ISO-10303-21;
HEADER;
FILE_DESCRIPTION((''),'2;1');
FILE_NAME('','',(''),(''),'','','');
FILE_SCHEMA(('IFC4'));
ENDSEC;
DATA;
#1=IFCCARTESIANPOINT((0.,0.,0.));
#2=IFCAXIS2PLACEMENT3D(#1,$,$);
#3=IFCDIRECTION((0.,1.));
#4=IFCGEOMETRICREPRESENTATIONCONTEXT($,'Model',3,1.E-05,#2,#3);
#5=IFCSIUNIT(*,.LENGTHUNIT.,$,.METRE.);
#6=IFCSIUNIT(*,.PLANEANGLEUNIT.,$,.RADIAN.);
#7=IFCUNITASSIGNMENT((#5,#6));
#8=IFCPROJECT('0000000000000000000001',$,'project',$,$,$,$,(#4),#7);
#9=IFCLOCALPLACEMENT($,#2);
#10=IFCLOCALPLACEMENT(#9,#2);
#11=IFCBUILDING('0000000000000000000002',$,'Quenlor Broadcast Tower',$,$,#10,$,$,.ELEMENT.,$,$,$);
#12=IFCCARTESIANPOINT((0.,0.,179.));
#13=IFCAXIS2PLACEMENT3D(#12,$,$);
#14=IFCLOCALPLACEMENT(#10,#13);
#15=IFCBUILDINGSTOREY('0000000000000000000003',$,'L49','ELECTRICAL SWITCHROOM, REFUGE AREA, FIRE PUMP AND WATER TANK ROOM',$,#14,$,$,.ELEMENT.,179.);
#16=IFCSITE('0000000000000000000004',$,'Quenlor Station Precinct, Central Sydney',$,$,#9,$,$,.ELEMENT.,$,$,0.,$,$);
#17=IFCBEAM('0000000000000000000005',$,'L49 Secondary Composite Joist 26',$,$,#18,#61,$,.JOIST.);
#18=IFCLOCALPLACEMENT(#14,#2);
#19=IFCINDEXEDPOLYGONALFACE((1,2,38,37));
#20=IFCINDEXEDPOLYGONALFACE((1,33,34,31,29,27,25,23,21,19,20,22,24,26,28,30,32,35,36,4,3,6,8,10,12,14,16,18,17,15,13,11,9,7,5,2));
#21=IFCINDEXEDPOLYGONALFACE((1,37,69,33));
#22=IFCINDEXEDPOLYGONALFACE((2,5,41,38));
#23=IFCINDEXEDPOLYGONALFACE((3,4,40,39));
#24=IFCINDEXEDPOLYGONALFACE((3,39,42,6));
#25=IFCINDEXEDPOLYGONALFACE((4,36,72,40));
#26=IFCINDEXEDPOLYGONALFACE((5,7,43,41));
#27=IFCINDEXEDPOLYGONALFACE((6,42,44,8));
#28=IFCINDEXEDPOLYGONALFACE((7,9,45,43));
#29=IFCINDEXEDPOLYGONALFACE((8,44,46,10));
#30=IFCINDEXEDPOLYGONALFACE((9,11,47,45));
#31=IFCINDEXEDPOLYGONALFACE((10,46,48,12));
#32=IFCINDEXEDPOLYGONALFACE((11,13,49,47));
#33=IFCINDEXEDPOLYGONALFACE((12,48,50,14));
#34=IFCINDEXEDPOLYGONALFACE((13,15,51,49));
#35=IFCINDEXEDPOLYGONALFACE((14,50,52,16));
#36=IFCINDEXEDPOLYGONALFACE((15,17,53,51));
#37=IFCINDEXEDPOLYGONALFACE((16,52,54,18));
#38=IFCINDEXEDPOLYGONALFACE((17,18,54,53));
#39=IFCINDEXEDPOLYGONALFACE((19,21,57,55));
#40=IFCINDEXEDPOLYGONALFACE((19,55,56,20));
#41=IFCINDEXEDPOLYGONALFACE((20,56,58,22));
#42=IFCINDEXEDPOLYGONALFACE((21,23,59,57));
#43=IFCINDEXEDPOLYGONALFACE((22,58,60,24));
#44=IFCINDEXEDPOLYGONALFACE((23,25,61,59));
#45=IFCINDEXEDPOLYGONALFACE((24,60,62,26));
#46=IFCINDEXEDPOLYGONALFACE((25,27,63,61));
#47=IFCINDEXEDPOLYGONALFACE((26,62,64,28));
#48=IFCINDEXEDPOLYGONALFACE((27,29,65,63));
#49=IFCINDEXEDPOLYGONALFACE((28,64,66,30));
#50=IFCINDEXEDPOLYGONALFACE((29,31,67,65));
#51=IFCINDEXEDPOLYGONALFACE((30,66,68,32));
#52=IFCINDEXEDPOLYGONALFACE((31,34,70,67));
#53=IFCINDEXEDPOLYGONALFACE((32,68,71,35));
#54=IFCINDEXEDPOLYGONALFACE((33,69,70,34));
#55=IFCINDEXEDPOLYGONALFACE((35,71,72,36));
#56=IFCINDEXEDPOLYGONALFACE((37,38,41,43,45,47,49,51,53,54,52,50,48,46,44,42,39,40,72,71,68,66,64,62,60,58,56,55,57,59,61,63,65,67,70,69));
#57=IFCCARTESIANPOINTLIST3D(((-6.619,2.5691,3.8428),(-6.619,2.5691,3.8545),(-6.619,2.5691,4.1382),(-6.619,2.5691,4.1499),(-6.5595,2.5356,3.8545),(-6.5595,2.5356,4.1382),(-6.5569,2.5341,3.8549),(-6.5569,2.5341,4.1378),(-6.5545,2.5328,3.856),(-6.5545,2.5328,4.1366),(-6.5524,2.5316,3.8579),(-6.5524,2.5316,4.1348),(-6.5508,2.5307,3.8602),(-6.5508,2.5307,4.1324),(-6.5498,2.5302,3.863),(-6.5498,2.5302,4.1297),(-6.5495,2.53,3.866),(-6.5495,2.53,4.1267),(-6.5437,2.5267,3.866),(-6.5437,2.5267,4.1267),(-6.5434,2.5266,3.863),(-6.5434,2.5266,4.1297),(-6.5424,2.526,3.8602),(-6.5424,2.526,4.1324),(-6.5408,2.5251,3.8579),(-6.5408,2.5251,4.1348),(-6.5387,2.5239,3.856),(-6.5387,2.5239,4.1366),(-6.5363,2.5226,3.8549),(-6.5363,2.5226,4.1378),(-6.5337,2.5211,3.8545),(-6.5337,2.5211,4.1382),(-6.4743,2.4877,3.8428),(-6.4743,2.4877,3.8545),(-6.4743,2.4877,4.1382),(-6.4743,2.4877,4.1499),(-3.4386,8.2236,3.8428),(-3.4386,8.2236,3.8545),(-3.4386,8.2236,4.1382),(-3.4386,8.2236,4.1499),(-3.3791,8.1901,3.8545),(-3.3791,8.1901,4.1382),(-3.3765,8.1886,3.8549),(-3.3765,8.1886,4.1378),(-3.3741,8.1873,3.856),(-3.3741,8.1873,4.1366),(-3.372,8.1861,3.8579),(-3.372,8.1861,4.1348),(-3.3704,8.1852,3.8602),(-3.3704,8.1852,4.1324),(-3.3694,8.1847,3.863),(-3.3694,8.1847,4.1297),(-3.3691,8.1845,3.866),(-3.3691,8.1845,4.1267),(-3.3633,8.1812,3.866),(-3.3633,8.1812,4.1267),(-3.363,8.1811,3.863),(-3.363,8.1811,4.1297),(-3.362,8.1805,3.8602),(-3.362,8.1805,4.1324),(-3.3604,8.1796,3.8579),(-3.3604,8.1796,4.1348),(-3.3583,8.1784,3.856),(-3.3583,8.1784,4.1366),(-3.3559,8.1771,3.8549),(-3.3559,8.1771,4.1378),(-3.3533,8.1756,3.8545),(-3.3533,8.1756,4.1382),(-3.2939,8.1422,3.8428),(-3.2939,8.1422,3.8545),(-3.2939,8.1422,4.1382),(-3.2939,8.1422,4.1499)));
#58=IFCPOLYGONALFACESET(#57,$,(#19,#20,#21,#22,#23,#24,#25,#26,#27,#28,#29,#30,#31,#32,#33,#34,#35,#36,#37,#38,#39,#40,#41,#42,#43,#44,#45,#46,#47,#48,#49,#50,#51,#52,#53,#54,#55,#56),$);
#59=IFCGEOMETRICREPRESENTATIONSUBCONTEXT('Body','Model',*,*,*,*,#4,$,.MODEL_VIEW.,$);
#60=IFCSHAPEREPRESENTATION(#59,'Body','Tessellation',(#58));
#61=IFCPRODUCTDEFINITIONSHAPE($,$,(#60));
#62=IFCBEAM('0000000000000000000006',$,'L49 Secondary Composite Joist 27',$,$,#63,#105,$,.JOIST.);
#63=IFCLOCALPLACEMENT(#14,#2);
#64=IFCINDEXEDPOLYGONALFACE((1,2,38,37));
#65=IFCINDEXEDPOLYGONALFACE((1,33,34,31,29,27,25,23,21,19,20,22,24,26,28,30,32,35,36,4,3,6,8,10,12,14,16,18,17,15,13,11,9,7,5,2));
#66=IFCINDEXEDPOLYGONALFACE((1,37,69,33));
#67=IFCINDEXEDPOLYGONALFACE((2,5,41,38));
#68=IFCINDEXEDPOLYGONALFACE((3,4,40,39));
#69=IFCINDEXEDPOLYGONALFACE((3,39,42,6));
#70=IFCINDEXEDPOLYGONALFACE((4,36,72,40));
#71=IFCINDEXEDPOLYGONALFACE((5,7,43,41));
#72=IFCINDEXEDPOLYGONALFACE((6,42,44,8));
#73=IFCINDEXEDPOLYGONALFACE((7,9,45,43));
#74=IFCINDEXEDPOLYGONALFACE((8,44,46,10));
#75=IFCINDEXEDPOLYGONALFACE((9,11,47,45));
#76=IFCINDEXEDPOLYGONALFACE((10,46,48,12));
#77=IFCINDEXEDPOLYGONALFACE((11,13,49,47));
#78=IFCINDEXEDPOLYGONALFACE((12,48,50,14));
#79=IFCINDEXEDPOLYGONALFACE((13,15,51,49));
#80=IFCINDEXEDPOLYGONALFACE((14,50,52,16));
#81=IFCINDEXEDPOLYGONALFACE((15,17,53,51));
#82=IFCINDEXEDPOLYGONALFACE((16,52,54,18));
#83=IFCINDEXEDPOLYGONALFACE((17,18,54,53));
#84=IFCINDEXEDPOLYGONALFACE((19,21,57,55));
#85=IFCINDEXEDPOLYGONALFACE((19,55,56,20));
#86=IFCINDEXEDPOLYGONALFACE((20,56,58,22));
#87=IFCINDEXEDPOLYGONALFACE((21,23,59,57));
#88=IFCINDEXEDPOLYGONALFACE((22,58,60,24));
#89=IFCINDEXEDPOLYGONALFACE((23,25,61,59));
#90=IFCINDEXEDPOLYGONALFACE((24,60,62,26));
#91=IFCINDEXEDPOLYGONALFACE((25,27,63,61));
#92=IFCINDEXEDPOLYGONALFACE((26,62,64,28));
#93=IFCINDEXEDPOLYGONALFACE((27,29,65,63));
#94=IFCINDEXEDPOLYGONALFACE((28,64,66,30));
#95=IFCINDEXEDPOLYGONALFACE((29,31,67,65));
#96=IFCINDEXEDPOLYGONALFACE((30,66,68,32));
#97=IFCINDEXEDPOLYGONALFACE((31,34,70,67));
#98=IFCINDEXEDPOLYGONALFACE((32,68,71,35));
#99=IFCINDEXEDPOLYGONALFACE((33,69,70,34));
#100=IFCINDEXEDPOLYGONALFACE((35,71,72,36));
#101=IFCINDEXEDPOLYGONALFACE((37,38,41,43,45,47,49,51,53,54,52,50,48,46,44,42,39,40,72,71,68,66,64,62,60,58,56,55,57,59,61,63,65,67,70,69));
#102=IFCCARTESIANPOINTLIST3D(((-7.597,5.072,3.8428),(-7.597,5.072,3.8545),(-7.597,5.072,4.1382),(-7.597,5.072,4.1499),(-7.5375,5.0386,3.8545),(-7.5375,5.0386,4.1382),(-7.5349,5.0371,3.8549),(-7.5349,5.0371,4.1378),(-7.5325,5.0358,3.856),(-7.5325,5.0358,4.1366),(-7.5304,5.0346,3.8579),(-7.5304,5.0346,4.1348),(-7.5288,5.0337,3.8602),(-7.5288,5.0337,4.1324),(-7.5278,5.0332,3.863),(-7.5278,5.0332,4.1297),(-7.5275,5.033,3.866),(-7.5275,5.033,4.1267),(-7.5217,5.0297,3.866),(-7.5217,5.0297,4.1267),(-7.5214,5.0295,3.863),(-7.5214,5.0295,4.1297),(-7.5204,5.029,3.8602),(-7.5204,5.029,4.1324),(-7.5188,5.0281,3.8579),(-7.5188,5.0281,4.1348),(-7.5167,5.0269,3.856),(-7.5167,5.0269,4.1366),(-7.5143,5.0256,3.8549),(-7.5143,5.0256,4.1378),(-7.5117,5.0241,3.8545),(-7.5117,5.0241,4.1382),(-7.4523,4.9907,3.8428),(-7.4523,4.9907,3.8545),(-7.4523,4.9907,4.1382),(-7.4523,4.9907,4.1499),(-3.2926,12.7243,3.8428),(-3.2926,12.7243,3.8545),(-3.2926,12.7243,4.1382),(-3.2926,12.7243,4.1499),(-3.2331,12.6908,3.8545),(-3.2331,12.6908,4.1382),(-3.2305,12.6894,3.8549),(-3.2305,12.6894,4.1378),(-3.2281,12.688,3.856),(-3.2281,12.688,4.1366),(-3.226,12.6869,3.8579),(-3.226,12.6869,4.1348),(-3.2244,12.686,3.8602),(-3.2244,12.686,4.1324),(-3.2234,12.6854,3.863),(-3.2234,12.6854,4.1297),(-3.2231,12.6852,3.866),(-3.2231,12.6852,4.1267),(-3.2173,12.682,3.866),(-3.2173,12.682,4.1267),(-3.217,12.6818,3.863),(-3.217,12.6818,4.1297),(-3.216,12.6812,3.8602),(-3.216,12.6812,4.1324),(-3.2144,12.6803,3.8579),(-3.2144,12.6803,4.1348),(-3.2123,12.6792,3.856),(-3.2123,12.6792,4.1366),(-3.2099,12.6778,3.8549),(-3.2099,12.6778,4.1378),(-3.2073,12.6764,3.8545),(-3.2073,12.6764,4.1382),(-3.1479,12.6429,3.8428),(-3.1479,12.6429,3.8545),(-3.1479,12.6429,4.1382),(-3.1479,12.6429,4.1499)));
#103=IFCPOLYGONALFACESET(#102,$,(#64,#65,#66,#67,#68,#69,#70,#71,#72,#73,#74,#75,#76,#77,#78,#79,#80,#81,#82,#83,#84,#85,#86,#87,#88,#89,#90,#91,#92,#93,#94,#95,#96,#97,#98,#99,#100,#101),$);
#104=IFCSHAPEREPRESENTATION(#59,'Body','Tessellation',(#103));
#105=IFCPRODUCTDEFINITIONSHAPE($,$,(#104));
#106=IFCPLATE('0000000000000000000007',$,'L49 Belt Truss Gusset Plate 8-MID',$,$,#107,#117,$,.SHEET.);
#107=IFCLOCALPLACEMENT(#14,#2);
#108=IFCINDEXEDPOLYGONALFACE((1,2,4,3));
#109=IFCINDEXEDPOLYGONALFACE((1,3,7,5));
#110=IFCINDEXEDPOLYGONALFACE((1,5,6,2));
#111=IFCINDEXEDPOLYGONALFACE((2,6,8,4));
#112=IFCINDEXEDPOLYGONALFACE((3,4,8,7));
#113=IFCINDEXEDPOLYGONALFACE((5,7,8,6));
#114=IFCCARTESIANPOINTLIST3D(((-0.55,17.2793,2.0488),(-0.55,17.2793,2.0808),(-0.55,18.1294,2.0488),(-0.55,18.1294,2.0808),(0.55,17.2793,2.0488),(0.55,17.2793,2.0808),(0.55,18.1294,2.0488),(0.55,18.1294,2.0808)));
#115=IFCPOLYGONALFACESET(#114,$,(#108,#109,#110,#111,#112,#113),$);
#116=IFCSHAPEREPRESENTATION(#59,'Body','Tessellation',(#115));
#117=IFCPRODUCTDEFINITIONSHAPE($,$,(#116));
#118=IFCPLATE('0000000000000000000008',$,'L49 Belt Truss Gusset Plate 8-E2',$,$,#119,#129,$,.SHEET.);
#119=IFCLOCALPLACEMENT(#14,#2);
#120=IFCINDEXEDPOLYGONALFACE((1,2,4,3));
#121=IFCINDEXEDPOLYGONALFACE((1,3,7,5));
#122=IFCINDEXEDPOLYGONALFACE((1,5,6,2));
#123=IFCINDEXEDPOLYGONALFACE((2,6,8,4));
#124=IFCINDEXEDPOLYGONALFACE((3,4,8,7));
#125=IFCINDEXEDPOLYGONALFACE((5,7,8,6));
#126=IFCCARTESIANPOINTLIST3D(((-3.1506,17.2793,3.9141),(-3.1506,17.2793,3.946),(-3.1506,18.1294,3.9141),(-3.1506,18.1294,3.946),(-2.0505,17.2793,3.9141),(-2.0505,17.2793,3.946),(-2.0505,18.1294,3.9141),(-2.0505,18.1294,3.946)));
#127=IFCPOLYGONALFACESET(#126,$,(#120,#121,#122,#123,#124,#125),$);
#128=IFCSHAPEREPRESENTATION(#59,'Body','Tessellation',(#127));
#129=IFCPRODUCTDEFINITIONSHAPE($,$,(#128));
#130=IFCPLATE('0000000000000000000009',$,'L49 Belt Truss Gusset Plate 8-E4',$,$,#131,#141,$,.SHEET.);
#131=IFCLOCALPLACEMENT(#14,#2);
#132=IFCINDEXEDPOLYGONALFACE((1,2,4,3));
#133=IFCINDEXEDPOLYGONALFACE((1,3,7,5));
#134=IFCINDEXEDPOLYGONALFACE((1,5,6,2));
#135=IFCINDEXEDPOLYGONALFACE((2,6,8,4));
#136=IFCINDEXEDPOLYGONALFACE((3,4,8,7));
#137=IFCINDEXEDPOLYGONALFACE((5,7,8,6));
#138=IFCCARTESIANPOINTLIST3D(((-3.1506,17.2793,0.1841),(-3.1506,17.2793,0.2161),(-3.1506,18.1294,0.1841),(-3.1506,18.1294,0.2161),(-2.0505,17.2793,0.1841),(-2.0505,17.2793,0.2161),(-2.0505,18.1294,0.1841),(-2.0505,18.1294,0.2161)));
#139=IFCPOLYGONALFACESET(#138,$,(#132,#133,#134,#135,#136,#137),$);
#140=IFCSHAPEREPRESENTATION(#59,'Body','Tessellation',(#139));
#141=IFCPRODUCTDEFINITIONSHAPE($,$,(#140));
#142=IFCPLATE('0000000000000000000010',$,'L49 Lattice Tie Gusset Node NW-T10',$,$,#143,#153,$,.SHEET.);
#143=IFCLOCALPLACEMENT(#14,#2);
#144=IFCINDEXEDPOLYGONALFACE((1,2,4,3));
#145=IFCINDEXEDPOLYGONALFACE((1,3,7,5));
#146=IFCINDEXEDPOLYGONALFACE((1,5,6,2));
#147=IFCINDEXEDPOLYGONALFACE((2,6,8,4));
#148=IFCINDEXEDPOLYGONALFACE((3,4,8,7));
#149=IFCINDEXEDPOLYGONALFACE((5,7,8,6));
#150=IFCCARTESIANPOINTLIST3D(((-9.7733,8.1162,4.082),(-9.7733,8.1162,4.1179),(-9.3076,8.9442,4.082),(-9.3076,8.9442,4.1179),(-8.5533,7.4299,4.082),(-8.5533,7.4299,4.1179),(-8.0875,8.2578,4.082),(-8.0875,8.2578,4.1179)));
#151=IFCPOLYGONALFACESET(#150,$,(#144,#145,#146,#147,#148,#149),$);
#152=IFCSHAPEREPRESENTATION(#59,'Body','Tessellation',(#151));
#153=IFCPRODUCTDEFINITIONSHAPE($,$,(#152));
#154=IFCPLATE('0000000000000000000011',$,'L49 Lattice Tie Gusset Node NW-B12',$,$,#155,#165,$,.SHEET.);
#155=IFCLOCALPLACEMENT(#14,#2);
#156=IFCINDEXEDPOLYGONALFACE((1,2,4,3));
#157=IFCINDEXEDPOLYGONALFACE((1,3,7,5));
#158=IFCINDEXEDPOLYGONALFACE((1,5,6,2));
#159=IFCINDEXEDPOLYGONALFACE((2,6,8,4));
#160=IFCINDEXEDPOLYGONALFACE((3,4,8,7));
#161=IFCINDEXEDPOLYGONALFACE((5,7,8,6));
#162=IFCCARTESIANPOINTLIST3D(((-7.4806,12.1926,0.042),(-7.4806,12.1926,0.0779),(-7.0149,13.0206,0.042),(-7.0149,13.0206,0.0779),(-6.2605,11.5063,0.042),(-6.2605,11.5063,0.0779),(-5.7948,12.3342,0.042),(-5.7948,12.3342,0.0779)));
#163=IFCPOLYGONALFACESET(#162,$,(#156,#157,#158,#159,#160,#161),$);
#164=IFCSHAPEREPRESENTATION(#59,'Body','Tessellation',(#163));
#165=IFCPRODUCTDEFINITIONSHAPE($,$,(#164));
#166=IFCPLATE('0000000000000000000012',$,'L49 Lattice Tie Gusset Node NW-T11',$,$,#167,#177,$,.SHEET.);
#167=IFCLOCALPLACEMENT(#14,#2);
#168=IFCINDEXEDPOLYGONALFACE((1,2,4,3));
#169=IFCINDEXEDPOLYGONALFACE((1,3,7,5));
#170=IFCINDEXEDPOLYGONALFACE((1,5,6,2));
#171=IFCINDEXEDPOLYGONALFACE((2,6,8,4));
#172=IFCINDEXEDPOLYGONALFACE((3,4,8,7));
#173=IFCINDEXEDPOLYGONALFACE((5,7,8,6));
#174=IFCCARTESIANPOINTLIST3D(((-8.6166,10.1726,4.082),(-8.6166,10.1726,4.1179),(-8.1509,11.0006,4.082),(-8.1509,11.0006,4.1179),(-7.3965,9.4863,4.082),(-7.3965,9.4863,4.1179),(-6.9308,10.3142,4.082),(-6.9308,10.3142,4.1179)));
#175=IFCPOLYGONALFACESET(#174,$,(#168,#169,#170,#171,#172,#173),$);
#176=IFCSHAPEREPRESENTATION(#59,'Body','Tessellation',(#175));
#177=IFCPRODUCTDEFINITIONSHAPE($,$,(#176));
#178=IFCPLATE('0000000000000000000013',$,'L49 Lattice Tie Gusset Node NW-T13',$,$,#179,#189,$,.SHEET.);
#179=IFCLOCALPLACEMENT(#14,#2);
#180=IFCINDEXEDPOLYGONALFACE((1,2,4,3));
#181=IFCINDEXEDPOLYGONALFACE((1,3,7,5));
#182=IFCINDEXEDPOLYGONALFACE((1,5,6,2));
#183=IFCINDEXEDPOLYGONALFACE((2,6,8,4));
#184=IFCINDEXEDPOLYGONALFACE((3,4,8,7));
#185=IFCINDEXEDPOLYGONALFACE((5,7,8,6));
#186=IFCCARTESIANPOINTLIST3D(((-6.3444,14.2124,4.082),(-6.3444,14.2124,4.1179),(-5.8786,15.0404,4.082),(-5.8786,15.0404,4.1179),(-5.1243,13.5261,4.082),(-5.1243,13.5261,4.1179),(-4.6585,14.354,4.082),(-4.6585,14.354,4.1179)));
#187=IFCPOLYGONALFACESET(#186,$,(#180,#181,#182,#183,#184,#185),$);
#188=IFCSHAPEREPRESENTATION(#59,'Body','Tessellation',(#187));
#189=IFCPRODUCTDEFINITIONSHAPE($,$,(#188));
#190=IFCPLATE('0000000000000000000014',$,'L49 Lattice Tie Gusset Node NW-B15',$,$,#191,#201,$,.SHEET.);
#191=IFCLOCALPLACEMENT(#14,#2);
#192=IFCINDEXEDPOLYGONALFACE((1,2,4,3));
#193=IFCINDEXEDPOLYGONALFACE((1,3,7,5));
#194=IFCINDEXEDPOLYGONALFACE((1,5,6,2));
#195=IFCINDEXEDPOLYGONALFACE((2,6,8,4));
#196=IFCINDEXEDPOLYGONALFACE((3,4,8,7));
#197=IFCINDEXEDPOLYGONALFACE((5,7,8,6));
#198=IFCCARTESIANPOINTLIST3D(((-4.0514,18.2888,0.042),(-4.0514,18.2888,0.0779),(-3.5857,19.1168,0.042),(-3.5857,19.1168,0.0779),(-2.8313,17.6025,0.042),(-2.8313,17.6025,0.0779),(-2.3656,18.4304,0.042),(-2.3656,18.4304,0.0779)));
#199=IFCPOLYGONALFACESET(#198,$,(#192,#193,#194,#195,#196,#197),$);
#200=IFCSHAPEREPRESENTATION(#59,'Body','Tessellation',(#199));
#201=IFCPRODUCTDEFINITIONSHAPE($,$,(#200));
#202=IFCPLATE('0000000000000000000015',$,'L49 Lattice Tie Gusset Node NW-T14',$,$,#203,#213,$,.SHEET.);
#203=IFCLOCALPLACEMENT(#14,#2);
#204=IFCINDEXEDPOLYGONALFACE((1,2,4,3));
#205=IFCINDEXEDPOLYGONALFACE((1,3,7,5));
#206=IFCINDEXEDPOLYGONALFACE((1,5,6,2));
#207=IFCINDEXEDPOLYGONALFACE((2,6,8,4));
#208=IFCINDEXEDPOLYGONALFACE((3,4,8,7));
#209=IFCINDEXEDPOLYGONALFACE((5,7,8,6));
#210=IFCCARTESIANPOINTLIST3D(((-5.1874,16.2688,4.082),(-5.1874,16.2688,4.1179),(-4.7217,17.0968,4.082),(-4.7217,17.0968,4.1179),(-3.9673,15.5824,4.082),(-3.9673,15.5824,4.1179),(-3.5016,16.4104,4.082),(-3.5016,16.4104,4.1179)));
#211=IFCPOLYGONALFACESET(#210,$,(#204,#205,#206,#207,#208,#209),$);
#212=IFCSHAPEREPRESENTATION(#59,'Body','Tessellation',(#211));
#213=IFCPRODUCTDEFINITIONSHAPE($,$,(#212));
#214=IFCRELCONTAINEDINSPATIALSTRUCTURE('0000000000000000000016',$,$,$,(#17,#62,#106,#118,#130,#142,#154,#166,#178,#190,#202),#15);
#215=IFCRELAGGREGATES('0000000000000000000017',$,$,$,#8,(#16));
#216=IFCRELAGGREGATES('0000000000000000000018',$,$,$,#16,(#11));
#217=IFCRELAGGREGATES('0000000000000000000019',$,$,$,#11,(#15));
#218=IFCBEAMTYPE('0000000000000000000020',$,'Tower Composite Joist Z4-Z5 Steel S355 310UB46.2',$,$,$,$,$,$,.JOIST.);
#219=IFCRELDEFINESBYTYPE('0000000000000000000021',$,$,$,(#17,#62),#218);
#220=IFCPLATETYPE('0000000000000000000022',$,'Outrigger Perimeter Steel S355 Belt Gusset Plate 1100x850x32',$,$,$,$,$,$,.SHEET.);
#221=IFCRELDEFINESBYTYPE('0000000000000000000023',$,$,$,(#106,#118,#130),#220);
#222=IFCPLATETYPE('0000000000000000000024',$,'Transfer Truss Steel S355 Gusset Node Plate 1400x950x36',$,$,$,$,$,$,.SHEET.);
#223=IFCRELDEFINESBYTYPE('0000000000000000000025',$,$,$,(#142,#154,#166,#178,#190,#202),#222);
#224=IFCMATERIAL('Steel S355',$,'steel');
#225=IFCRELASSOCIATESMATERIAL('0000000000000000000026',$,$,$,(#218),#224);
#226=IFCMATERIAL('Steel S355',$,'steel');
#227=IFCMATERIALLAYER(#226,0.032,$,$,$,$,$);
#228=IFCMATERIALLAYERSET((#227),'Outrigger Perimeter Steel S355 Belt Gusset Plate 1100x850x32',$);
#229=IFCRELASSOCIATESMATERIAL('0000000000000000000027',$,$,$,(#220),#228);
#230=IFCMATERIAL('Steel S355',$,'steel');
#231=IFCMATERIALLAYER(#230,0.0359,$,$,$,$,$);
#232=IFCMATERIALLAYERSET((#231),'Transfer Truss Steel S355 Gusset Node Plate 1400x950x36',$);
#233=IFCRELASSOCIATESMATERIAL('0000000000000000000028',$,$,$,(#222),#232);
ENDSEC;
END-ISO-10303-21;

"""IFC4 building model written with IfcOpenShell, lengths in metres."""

from ifc_helpers import new_model, si_unit, direction, frame, origin, origin_2d, place, context, subcontext, project, spatial, rectangle, i_section, extrude, material, layer, layer_set, material_profile, profile_set, type_object, element, save


model = new_model("IFC4")

# Units and contexts
model_context = context("Model", 3, precision=1e-05, world=origin(), true_north=direction((0.0, 1.0)))
body_context = subcontext(model_context, "Body", "Model", "MODEL_VIEW")
ifc_project = project(units=[si_unit("LENGTHUNIT", "METRE"), si_unit("PLANEANGLEUNIT", "RADIAN")], contexts=[model_context])

# Site, building, storey
site_placement = place(None, origin())
site = spatial("IfcSite", under=ifc_project, at=site_placement, Name="Quenlor Station Precinct, Central Sydney", CompositionType="ELEMENT", RefElevation=0.0)
building_placement = place(site_placement, origin())
building = spatial("IfcBuilding", under=site, at=building_placement, Name="Quenlor Broadcast Tower", CompositionType="ELEMENT")
storey_placement = place(building_placement, frame((0.0, 0.0, 179.0)))
storey = spatial("IfcBuildingStorey", under=building, at=storey_placement, Name="L49", Description="ELECTRICAL SWITCHROOM, REFUGE AREA, FIRE PUMP AND WATER TANK ROOM", CompositionType="ELEMENT", Elevation=179.0)

# Beams
ifc_material_1 = material(Name="Steel S355", Category="steel")
ifc_material_profile_1 = material_profile(ifc_material_1, i_section(OverallWidth=0.166, OverallDepth=0.3071, WebThickness=0.0066, FlangeThickness=0.0117, FilletRadius=0.0115, at=origin_2d()))
ifc_profile_set_1 = profile_set([ifc_material_profile_1], Name="Steel S355 310UB46.2")
beam_type_1 = type_object("IfcBeamType", Name="Tower Composite Joist Z4-Z5 Steel S355 310UB46.2", PredefinedType="JOIST", material=ifc_profile_set_1)
beam_1_placement = place(storey_placement, frame((-3.3662, 8.1829, 3.9963), z_axis=(-0.490231, -0.871593, 0.0), x_axis=(0.871593, -0.490231, 0.0)))
element("IfcBeam", 1, at=beam_1_placement, inside=storey, type_object=beam_type_1, Name="L49 Secondary Composite Joist 26", PredefinedType="JOIST", context=body_context, shape_type="SweptSolid", body=[
    extrude(i_section(OverallWidth=0.166, OverallDepth=0.3071, WebThickness=0.0066, FlangeThickness=0.0117, FilletRadius=0.0115, at=origin_2d()), origin(), (0.0, 0.0, 1.0), 6.4875),
])
beam_2_placement = place(storey_placement, frame((-3.2202, 12.6836, 3.9963), z_axis=(-0.490261, -0.871576, 0.0), x_axis=(0.871576, -0.490261, 0.0)))
element("IfcBeam", 2, at=beam_2_placement, inside=storey, type_object=beam_type_1, Name="L49 Secondary Composite Joist 27", PredefinedType="JOIST", context=body_context, shape_type="SweptSolid", body=[
    extrude(i_section(OverallWidth=0.166, OverallDepth=0.3071, WebThickness=0.0066, FlangeThickness=0.0117, FilletRadius=0.0115, at=origin_2d()), origin(), (0.0, 0.0, 1.0), 8.7798),
])

# Plates
ifc_material_2 = material(Name="Steel S355", Category="steel")
ifc_layer_1 = layer(ifc_material_2, 0.032)
ifc_layer_set_1 = layer_set([ifc_layer_1], Name="Outrigger Perimeter Steel S355 Belt Gusset Plate 1100x850x32")
plate_type_1 = type_object("IfcPlateType", Name="Outrigger Perimeter Steel S355 Belt Gusset Plate 1100x850x32", PredefinedType="SHEET", material=ifc_layer_set_1)
for number, where, z_axis, x_axis, name in (
    (3, (0.0, 17.7043, 2.0488), (0.0, 0.0, 1.0), (1.0, 0.0, 0.0), "L49 Belt Truss Gusset Plate 8-MID"),
    (4, (-2.6006, 17.7043, 3.9141), (0.0, 0.0, 1.0), (1.0, 0.0, 0.0), "L49 Belt Truss Gusset Plate 8-E2"),
    (5, (-2.6006, 17.7043, 0.1841), (0.0, 0.0, 1.0), (1.0, 0.0, 0.0), "L49 Belt Truss Gusset Plate 8-E4"),
):
    element("IfcPlate", number, at=place(storey_placement, frame(where, z_axis=z_axis, x_axis=x_axis)), inside=storey, type_object=plate_type_1, Name=name, PredefinedType="SHEET", context=body_context, shape_type="SweptSolid", body=[
        extrude(rectangle(XDim=1.1001, YDim=0.8501, at=origin_2d()), origin(), (0.0, 0.0, 1.0), 0.032),
    ])
ifc_material_3 = material(Name="Steel S355", Category="steel")
ifc_layer_2 = layer(ifc_material_3, 0.0359)
ifc_layer_set_2 = layer_set([ifc_layer_2], Name="Transfer Truss Steel S355 Gusset Node Plate 1400x950x36")
plate_type_2 = type_object("IfcPlateType", Name="Transfer Truss Steel S355 Gusset Node Plate 1400x950x36", PredefinedType="SHEET", material=ifc_layer_set_2)
for number, where, z_axis, x_axis, name in (
    (6, (-8.9304, 8.187, 4.082), (0.0, 0.0, 1.0), (-0.871556, 0.490295, 0.0), "L49 Lattice Tie Gusset Node NW-T10"),
    (7, (-6.6377, 12.2634, 0.042), (0.0, 0.0, 1.0), (-0.871556, 0.490295, 0.0), "L49 Lattice Tie Gusset Node NW-B12"),
    (8, (-7.7737, 10.2434, 4.082), (0.0, 0.0, 1.0), (-0.871556, 0.490295, 0.0), "L49 Lattice Tie Gusset Node NW-T11"),
    (9, (-5.5015, 14.2832, 4.082), (0.0, 0.0, 1.0), (-0.871556, 0.490295, 0.0), "L49 Lattice Tie Gusset Node NW-T13"),
    (10, (-3.2085, 18.3596, 0.042), (0.0, 0.0, 1.0), (-0.871556, 0.490295, 0.0), "L49 Lattice Tie Gusset Node NW-B15"),
    (11, (-4.3445, 16.3396, 4.082), (0.0, 0.0, 1.0), (-0.871556, 0.490295, 0.0), "L49 Lattice Tie Gusset Node NW-T14"),
):
    element("IfcPlate", number, at=place(storey_placement, frame(where, z_axis=z_axis, x_axis=x_axis)), inside=storey, type_object=plate_type_2, Name=name, PredefinedType="SHEET", context=body_context, shape_type="SweptSolid", body=[
        extrude(rectangle(XDim=1.3999, YDim=0.95, at=origin_2d()), origin(), (0.0, 0.0, 1.0), 0.0359),
    ])

save(model, "model.ifc")
